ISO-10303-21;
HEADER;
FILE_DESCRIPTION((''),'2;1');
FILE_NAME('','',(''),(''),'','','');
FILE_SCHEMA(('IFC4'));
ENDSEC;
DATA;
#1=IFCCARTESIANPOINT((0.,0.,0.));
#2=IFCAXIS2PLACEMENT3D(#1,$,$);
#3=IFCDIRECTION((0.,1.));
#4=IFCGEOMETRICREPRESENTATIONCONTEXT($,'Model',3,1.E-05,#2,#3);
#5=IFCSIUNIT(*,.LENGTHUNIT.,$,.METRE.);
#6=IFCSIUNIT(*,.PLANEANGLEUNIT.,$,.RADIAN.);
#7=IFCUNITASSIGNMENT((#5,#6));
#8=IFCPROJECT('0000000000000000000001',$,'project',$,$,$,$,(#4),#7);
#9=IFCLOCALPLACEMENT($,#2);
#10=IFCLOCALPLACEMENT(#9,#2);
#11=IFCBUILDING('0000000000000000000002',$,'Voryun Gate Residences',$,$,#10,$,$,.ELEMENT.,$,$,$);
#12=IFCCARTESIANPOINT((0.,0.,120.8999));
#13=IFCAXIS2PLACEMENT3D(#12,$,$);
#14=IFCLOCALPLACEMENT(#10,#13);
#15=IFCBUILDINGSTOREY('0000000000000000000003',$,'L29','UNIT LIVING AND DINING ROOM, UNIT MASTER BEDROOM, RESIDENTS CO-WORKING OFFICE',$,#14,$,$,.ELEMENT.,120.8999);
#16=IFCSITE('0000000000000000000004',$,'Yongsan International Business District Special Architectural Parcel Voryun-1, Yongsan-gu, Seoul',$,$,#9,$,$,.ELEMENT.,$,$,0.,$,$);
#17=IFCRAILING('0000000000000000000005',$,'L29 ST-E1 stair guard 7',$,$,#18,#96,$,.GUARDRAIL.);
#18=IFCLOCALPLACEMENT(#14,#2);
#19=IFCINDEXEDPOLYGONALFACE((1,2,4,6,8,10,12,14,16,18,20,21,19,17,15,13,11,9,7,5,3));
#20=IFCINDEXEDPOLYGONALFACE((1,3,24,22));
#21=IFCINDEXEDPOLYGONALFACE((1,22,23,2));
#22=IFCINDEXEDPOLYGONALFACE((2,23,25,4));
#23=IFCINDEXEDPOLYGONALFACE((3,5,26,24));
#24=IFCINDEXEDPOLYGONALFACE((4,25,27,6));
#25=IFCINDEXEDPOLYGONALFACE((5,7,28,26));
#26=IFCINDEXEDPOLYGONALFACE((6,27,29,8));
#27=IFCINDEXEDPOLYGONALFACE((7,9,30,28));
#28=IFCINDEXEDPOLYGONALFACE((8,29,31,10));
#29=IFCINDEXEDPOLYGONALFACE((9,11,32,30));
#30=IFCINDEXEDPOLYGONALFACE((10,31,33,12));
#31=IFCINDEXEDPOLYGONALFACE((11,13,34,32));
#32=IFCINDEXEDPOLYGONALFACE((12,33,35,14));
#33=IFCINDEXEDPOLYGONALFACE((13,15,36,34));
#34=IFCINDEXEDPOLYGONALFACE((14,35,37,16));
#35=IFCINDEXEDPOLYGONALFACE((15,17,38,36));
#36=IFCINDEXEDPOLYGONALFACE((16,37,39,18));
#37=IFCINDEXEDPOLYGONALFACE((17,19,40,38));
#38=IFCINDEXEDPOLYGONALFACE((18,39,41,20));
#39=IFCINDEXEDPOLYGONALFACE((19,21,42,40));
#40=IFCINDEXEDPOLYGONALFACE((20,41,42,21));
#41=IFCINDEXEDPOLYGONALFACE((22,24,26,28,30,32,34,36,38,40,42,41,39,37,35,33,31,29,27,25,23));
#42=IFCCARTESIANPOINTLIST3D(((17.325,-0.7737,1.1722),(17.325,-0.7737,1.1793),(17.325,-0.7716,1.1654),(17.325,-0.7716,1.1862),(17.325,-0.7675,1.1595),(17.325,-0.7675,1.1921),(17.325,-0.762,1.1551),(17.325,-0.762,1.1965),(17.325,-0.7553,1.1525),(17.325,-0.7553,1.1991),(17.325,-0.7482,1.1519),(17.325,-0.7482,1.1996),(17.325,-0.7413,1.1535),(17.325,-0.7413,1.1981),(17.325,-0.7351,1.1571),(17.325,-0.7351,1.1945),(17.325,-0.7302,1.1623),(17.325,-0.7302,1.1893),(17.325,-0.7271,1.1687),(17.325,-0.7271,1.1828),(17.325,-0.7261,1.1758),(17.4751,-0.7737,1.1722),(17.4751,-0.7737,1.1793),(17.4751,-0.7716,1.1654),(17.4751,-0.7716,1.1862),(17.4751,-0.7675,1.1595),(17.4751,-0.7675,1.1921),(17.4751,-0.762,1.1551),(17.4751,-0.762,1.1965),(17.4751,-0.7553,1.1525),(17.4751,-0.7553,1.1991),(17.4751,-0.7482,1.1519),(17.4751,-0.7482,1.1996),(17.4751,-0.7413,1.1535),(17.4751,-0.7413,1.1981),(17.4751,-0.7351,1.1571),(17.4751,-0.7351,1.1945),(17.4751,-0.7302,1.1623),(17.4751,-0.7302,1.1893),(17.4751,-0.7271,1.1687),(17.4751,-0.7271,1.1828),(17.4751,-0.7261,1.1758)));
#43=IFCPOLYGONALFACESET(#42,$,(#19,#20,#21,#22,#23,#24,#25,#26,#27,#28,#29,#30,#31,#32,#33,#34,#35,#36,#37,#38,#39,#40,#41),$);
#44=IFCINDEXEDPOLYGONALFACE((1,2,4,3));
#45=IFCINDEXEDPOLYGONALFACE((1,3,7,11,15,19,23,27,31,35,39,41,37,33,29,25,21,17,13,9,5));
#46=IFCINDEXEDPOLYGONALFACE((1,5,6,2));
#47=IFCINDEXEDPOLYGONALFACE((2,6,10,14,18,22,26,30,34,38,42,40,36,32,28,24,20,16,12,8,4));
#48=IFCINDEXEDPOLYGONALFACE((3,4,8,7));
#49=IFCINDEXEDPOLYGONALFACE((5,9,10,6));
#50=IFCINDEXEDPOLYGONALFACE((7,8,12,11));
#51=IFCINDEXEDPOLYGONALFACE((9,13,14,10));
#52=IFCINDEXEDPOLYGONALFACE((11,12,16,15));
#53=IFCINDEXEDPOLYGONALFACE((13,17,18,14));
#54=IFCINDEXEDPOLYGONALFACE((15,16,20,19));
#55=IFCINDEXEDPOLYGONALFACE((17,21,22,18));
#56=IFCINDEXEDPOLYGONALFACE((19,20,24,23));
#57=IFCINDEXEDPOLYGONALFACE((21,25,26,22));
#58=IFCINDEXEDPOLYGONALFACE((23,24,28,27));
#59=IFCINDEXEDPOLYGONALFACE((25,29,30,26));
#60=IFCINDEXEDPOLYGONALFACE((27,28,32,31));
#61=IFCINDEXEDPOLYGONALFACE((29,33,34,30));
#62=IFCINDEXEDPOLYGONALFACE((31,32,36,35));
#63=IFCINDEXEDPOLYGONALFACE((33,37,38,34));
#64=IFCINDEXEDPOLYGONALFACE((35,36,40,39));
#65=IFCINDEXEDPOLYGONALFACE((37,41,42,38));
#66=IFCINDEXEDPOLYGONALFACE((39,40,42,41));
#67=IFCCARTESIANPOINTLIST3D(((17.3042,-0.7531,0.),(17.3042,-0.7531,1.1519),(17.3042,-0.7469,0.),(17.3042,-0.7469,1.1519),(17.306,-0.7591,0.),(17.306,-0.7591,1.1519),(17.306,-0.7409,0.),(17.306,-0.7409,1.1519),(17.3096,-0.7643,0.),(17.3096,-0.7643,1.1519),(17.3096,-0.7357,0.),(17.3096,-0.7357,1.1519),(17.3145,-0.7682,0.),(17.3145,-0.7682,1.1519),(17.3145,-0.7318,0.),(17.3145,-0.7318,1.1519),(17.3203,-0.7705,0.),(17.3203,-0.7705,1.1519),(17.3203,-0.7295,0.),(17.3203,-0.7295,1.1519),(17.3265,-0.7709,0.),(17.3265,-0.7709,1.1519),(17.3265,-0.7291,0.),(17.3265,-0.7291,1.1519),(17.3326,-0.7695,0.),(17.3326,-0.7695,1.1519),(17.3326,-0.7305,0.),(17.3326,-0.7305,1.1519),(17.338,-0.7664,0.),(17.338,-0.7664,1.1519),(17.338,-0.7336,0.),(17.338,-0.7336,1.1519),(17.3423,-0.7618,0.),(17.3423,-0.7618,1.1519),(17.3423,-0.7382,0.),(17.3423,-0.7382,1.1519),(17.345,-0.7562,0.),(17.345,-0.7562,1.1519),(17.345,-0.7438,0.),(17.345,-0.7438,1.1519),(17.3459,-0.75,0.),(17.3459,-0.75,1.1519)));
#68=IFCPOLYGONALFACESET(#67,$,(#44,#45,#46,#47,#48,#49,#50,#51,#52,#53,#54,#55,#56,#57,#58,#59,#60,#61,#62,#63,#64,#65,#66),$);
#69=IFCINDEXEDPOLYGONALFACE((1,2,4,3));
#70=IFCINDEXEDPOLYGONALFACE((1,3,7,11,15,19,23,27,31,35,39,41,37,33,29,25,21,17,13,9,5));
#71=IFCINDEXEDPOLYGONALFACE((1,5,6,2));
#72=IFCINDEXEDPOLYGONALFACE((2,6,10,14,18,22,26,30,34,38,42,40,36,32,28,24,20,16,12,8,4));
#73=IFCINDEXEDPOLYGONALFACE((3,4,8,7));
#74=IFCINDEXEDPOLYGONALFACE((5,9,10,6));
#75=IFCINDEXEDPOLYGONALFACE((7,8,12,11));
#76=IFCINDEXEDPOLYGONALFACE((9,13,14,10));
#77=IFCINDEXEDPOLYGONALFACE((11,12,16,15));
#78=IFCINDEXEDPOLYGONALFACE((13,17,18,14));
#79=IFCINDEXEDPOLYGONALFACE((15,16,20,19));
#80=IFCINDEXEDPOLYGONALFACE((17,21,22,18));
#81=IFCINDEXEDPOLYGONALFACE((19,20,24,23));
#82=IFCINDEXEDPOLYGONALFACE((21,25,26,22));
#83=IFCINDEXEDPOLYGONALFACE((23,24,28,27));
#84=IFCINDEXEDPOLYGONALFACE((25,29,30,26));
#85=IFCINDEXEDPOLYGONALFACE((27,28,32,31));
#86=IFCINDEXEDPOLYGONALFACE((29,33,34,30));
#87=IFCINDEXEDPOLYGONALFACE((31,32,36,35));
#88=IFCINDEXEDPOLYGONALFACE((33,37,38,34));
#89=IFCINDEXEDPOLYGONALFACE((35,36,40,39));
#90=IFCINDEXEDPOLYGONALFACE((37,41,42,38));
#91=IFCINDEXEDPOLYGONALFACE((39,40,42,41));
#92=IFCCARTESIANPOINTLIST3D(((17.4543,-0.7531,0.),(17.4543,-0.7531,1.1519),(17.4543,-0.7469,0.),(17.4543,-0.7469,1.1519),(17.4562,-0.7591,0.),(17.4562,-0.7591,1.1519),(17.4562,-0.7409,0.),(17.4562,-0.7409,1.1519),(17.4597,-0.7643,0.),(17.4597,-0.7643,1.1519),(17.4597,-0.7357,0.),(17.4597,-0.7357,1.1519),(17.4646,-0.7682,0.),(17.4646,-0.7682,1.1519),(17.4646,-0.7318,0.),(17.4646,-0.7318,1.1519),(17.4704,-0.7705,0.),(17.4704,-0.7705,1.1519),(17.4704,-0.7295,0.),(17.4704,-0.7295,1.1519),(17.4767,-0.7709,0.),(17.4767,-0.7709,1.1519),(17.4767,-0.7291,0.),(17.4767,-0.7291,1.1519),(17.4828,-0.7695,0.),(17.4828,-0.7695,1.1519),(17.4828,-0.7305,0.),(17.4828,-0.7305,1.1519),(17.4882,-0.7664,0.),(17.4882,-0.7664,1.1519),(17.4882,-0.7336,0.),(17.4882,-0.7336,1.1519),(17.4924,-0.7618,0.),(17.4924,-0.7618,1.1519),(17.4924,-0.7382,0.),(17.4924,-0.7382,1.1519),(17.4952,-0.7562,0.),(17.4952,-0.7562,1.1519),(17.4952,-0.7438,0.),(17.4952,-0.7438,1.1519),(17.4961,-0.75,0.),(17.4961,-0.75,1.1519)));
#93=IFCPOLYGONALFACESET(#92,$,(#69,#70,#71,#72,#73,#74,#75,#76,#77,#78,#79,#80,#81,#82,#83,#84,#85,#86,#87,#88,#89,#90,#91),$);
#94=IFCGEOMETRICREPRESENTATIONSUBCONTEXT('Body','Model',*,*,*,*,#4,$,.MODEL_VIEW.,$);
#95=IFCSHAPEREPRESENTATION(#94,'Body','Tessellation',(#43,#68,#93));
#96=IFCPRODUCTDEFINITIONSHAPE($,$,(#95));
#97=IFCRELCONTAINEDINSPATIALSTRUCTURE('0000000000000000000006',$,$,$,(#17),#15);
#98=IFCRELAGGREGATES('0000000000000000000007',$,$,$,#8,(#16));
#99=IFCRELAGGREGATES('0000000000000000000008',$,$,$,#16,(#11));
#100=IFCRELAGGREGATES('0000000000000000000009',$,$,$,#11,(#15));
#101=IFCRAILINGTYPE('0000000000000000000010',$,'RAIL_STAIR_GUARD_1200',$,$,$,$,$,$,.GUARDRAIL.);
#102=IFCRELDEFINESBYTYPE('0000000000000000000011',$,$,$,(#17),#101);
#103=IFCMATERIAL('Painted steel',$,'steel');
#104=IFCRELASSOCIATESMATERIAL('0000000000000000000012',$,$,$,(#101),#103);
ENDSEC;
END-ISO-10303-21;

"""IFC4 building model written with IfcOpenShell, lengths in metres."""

from ifc_helpers import new_model, si_unit, direction, frame, origin, origin_2d, place, context, subcontext, project, spatial, circle, extrude, material, type_object, element, save


model = new_model("IFC4")

# Units and contexts
model_context = context("Model", 3, precision=1e-05, world=origin(), true_north=direction((0.0, 1.0)))
body_context = subcontext(model_context, "Body", "Model", "MODEL_VIEW")
ifc_project = project(units=[si_unit("LENGTHUNIT", "METRE"), si_unit("PLANEANGLEUNIT", "RADIAN")], contexts=[model_context])

# Site, building, storey
site_placement = place(None, origin())
site = spatial("IfcSite", under=ifc_project, at=site_placement, Name="Yongsan International Business District Special Architectural Parcel Voryun-1, Yongsan-gu, Seoul", CompositionType="ELEMENT", RefElevation=0.0)
building_placement = place(site_placement, origin())
building = spatial("IfcBuilding", under=site, at=building_placement, Name="Voryun Gate Residences", CompositionType="ELEMENT")
storey_placement = place(building_placement, frame((0.0, 0.0, 120.8999)))
storey = spatial("IfcBuildingStorey", under=building, at=storey_placement, Name="L29", Description="UNIT LIVING AND DINING ROOM, UNIT MASTER BEDROOM, RESIDENTS CO-WORKING OFFICE", CompositionType="ELEMENT", Elevation=120.8999)

# Railing
ifc_material_1 = material(Name="Painted steel", Category="steel")
railing_type_1 = type_object("IfcRailingType", Name="RAIL_STAIR_GUARD_1200", PredefinedType="GUARDRAIL", material=ifc_material_1)
railing_1_placement = place(storey_placement, frame((17.325, -0.75, 0.0)))
element("IfcRailing", 1, at=railing_1_placement, inside=storey, type_object=railing_type_1, Name="L29 ST-E1 stair guard 7", PredefinedType="GUARDRAIL", context=body_context, shape_type="SweptSolid", body=[
    extrude(circle(Radius=0.0239, at=origin_2d()), frame((0.0, 0.0, 1.1758), z_axis=(1.0, 0.0, 0.0), x_axis=(0.0, 1.0, 0.0)), (0.0, 0.0, 1.0), 0.1501),
    extrude(circle(Radius=0.021, at=origin_2d()), origin(), (0.0, 0.0, 1.0), 1.1519),
    extrude(circle(Radius=0.021, at=origin_2d()), frame((0.1501, 0.0, 0.0)), (0.0, 0.0, 1.0), 1.1519),
])

save(model, "model.ifc")
